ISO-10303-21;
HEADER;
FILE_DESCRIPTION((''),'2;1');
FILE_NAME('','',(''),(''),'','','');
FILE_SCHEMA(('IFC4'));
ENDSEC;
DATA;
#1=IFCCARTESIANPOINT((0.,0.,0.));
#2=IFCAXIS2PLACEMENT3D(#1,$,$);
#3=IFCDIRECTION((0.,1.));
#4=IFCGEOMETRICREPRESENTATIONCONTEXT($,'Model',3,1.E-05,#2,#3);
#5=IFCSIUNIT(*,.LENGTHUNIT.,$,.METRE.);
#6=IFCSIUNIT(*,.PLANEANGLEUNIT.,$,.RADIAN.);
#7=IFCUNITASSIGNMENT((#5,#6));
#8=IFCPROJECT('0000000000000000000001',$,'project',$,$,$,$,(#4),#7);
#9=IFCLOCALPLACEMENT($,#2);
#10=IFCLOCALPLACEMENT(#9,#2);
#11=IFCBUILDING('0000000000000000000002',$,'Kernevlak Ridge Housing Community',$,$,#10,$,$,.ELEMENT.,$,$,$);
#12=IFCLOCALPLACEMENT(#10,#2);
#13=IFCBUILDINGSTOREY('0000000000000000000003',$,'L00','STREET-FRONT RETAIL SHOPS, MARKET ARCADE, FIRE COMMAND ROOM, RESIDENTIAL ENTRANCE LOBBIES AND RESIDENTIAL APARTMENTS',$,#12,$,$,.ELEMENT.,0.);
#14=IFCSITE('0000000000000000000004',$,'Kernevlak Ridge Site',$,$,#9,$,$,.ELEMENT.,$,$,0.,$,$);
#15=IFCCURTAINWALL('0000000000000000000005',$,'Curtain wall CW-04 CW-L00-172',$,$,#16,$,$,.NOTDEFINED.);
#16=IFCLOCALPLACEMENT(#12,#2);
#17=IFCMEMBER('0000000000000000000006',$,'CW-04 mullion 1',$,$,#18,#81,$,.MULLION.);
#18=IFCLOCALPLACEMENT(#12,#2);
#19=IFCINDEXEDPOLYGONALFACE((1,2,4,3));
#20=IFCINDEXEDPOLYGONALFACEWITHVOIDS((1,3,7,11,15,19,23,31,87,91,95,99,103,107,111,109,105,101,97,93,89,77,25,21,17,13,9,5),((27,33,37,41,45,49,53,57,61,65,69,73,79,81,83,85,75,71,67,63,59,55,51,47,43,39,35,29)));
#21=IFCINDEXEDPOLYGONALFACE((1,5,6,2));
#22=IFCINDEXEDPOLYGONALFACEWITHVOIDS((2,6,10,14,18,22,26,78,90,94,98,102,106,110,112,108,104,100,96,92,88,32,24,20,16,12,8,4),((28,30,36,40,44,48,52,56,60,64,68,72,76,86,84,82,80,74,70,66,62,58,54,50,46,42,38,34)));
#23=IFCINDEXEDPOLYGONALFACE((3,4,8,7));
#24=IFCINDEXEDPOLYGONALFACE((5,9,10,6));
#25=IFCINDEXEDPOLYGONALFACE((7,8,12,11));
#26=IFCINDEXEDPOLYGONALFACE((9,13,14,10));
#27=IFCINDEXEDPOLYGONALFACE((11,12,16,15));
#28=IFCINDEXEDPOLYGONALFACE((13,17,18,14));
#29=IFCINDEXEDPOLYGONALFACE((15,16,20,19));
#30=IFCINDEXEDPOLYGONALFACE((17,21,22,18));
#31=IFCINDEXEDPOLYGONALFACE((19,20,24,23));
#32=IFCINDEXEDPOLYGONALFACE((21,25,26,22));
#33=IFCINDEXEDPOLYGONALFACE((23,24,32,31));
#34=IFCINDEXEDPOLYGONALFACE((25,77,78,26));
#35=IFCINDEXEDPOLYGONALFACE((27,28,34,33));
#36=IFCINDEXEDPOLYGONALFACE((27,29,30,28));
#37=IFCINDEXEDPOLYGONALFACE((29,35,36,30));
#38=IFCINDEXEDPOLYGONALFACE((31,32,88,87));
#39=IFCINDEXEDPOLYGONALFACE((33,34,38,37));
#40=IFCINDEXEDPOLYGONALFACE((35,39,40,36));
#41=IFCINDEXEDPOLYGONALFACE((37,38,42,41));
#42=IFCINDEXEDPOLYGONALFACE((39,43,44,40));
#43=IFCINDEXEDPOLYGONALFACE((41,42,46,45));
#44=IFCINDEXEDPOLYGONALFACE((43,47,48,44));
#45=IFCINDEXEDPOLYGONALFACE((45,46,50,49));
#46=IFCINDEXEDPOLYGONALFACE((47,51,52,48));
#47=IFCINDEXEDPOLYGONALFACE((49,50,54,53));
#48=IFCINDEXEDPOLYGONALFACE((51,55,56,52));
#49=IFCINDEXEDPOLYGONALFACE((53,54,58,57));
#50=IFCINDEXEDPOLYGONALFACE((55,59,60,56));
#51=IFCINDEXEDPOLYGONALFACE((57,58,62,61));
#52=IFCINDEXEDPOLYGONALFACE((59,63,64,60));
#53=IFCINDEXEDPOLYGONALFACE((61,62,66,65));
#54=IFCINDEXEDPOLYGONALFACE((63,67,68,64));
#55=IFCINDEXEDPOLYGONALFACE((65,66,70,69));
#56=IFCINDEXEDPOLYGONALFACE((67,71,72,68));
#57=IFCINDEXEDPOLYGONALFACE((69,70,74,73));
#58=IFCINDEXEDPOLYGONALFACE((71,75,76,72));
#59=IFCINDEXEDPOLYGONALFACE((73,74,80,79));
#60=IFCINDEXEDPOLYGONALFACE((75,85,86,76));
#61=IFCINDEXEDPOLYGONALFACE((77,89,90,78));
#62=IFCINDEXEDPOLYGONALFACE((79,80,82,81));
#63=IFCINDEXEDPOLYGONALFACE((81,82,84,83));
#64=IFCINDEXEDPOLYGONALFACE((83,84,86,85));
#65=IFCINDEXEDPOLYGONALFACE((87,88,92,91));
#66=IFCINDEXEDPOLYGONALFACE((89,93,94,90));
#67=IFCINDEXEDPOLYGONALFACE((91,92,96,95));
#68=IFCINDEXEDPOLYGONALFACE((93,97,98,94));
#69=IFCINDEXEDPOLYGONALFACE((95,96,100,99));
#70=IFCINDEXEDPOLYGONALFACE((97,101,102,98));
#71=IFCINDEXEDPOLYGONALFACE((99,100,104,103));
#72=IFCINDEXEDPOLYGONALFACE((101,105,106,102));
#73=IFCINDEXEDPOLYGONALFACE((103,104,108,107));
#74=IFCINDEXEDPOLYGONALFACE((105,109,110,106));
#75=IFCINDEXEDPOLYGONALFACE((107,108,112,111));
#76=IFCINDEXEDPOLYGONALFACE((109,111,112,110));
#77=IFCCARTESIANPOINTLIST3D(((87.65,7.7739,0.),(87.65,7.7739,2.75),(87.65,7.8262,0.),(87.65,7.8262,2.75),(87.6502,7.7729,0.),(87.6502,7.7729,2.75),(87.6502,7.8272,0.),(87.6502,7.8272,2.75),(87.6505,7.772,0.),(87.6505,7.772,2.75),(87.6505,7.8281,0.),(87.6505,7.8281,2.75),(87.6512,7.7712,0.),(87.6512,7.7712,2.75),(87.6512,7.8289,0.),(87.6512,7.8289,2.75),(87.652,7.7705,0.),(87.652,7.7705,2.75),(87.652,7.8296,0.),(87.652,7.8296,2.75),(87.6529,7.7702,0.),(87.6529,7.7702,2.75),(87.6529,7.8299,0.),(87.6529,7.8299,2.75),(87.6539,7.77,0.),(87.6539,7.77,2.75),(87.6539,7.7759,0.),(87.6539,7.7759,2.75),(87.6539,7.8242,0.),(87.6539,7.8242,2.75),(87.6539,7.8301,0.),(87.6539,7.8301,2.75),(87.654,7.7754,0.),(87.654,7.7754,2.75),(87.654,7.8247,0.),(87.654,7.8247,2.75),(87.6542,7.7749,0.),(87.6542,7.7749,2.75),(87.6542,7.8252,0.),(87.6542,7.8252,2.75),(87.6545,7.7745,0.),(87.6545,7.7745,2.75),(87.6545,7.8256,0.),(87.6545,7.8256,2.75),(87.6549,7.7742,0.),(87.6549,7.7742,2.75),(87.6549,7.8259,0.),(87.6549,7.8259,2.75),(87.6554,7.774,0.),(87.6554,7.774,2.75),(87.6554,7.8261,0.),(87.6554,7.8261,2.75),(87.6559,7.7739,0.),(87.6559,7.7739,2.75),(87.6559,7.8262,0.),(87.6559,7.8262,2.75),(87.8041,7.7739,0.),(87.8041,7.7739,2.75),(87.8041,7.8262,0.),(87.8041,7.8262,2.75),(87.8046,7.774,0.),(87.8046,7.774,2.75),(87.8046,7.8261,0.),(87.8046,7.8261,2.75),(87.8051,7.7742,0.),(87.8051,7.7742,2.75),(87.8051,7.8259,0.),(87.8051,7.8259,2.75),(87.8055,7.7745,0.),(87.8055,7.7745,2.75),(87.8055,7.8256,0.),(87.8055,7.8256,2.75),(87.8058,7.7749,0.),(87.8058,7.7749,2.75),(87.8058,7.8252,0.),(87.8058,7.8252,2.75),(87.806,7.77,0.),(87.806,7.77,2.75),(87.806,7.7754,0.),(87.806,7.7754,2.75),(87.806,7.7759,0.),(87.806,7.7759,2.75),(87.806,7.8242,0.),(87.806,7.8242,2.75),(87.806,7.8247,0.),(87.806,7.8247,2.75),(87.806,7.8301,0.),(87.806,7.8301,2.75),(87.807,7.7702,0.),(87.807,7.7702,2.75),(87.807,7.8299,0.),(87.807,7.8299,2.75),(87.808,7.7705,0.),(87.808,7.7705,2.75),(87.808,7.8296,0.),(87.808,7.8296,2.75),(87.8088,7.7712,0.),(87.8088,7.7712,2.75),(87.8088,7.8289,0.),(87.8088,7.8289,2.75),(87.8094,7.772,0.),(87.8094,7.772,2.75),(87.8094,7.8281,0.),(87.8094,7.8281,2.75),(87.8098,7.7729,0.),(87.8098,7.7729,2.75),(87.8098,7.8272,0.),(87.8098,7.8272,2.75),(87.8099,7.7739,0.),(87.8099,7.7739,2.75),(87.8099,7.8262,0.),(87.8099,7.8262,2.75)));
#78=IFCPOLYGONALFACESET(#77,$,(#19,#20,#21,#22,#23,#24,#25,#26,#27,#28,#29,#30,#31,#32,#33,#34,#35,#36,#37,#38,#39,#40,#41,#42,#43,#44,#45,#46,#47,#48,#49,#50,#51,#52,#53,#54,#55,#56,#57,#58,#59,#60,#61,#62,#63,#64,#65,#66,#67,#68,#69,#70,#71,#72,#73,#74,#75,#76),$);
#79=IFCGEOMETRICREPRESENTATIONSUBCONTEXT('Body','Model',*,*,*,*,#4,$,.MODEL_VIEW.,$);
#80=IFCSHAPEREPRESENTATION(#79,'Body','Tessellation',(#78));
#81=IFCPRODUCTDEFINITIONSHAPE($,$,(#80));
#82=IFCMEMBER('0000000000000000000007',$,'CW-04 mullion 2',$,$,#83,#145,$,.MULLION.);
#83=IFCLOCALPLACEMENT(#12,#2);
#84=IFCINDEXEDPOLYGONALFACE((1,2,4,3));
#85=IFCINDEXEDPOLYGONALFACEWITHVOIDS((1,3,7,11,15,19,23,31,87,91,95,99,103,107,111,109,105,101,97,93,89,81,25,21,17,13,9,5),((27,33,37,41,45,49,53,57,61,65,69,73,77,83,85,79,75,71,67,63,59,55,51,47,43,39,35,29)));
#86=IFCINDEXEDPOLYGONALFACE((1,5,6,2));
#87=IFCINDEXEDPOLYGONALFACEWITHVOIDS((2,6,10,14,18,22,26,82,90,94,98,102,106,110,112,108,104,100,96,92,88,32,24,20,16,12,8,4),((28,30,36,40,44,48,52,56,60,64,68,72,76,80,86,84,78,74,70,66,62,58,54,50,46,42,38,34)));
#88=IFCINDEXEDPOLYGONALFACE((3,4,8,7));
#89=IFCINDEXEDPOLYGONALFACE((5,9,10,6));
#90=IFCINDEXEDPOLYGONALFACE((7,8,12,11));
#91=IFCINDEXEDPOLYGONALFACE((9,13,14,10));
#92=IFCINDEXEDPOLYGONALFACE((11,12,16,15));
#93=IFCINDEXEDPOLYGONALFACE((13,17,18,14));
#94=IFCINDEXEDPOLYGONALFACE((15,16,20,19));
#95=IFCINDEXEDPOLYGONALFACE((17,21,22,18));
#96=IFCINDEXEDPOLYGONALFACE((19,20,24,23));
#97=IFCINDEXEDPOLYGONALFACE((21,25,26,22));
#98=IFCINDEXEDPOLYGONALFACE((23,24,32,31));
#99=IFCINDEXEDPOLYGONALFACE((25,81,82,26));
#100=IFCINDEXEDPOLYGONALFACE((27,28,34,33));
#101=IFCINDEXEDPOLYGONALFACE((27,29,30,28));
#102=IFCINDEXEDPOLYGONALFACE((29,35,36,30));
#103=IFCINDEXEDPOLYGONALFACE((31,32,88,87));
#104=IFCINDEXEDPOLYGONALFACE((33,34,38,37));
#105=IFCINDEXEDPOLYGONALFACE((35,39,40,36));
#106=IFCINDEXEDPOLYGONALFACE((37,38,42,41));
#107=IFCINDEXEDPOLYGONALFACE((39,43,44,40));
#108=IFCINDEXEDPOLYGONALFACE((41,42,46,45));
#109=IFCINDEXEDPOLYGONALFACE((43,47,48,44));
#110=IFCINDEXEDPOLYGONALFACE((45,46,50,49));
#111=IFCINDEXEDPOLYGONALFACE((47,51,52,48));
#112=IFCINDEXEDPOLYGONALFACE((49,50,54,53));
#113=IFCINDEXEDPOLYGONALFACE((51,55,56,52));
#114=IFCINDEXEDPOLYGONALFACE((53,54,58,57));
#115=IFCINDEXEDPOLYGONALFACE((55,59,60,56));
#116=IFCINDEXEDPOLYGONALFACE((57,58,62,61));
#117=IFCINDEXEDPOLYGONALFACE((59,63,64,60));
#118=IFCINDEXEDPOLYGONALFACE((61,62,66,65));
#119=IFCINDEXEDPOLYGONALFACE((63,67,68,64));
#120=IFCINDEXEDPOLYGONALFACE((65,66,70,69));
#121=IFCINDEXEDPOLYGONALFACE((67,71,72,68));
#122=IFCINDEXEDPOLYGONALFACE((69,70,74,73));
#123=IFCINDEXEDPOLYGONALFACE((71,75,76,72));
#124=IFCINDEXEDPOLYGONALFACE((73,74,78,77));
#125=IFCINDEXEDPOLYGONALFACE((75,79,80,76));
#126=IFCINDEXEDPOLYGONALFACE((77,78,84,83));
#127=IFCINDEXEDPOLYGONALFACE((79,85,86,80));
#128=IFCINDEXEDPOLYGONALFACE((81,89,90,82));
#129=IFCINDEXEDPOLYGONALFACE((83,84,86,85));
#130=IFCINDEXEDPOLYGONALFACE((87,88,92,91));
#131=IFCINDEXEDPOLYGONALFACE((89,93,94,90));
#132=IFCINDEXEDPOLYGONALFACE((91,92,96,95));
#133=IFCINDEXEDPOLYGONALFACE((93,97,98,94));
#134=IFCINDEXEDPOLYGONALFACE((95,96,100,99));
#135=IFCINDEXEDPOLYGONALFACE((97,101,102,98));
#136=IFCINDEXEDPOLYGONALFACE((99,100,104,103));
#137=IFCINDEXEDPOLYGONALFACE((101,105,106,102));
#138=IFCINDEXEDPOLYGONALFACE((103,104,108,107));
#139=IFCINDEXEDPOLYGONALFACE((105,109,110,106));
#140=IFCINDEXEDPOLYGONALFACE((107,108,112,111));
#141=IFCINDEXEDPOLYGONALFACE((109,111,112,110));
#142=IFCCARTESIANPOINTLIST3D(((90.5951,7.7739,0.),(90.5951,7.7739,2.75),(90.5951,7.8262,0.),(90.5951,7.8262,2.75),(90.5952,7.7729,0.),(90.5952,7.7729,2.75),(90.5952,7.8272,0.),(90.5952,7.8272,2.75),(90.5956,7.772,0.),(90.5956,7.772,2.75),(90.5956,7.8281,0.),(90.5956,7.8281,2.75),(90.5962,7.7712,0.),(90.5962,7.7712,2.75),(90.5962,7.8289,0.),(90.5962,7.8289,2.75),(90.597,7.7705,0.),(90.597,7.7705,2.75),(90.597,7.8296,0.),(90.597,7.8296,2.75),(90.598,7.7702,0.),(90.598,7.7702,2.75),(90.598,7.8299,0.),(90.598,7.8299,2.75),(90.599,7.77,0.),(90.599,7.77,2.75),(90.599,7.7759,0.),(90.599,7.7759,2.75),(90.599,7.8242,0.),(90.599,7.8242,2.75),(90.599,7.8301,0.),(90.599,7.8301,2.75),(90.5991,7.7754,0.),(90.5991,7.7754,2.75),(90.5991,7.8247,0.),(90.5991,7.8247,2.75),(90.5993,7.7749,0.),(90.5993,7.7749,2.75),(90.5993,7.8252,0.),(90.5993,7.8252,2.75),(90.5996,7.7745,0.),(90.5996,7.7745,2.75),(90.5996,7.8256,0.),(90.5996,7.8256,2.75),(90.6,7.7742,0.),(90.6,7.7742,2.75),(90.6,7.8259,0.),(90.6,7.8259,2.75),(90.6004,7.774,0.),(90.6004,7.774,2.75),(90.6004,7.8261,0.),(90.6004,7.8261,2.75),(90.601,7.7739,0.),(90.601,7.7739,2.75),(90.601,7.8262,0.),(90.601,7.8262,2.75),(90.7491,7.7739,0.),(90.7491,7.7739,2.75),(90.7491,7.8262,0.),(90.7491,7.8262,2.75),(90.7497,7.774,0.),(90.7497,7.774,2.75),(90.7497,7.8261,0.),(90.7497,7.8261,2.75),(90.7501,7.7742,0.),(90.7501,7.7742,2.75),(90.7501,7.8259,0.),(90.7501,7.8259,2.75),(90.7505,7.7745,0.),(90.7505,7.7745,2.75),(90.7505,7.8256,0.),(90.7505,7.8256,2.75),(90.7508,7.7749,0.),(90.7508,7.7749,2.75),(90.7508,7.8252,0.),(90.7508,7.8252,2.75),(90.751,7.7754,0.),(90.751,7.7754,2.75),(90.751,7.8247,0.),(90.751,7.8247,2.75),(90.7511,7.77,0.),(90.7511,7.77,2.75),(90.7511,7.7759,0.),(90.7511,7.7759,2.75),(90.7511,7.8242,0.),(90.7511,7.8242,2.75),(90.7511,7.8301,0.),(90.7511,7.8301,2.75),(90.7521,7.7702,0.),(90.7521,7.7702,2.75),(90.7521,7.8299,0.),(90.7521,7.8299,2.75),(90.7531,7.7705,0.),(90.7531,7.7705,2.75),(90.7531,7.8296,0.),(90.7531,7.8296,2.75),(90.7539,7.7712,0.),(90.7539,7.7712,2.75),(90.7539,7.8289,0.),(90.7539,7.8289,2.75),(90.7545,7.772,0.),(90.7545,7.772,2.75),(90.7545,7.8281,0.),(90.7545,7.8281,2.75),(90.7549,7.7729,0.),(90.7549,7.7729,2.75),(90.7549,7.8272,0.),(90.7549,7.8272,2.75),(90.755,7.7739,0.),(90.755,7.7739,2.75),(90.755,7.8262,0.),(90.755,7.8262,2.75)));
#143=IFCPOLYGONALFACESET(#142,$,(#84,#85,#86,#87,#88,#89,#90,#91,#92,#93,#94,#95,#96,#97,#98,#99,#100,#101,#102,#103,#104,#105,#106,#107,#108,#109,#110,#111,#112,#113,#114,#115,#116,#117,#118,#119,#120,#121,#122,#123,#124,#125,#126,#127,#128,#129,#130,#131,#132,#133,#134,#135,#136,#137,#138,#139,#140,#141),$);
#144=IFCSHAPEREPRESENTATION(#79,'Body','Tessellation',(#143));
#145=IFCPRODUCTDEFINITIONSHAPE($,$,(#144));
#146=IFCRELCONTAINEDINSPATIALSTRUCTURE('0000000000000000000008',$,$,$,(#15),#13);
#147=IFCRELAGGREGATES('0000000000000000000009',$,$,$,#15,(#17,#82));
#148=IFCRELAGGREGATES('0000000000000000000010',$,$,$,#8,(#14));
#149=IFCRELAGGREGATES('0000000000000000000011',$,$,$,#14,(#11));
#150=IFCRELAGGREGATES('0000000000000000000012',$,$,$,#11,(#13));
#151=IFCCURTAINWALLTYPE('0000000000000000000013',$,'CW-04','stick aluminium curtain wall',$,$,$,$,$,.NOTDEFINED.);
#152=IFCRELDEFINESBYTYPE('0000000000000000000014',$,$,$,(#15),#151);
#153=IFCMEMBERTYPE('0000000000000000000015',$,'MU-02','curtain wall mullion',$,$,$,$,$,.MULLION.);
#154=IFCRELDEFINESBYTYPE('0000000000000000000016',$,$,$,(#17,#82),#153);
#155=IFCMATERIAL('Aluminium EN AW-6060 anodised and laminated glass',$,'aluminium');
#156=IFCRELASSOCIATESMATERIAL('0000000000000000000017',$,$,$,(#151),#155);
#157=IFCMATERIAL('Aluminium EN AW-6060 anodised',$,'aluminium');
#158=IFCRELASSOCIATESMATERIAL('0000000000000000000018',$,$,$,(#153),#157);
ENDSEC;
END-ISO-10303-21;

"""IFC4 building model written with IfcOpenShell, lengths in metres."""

from ifc_helpers import new_model, si_unit, direction, frame, origin, origin_2d, place, context, subcontext, project, spatial, hollow_rectangle, extrude, material, material_profile, profile_set, type_object, element, aggregate, save


model = new_model("IFC4")

# Units and contexts
model_context = context("Model", 3, precision=1e-05, world=origin(), true_north=direction((0.0, 1.0)))
body_context = subcontext(model_context, "Body", "Model", "MODEL_VIEW")
ifc_project = project(units=[si_unit("LENGTHUNIT", "METRE"), si_unit("PLANEANGLEUNIT", "RADIAN")], contexts=[model_context])

# Site, building, storey
site_placement = place(None, origin())
site = spatial("IfcSite", under=ifc_project, at=site_placement, Name="Kernevlak Ridge Site", CompositionType="ELEMENT", RefElevation=0.0)
building_placement = place(site_placement, origin())
building = spatial("IfcBuilding", under=site, at=building_placement, Name="Kernevlak Ridge Housing Community", CompositionType="ELEMENT")
storey_placement = place(building_placement, origin())
storey = spatial("IfcBuildingStorey", under=building, at=storey_placement, Name="L00", Description="STREET-FRONT RETAIL SHOPS, MARKET ARCADE, FIRE COMMAND ROOM, RESIDENTIAL ENTRANCE LOBBIES AND RESIDENTIAL APARTMENTS", CompositionType="ELEMENT", Elevation=0.0)

# Curtain wall, members
ifc_material_1 = material(Name="Aluminium EN AW-6060 anodised and laminated glass", Category="aluminium")
curtain_wall_type = type_object("IfcCurtainWallType", Name="CW-04", Description="stick aluminium curtain wall", PredefinedType="NOTDEFINED", material=ifc_material_1)
curtain_wall_placement = place(storey_placement, origin())
curtain_wall = element("IfcCurtainWall", 1, at=curtain_wall_placement, inside=storey, type_object=curtain_wall_type, Name="Curtain wall CW-04 CW-L00-172", PredefinedType="NOTDEFINED")
ifc_material_2 = material(Name="Aluminium EN AW-6060 anodised", Category="aluminium")
ifc_material_profile_1 = material_profile(ifc_material_2, hollow_rectangle(XDim=0.0601, YDim=0.1599, WallThickness=0.0039, InnerFilletRadius=0.002, OuterFilletRadius=0.0039, at=origin_2d()), Name="ALU 60x160x4")
ifc_profile_set_1 = profile_set([ifc_material_profile_1], Name="Aluminium EN AW-6060 anodised")
member_type_1 = type_object("IfcMemberType", Name="MU-02", Description="curtain wall mullion", PredefinedType="MULLION", material=ifc_profile_set_1)
member_1_placement = place(storey_placement, frame((87.73, 7.8, 0.0), z_axis=(0.0, 0.0, 1.0), x_axis=(0.0, 1.0, 0.0)))
member_1 = element("IfcMember", 2, at=member_1_placement, type_object=member_type_1, Name="CW-04 mullion 1", PredefinedType="MULLION", context=body_context, shape_type="SweptSolid", body=[
    extrude(hollow_rectangle(XDim=0.0601, YDim=0.1599, WallThickness=0.0039, InnerFilletRadius=0.002, OuterFilletRadius=0.0039, at=origin_2d()), origin(), (0.0, 0.0, 1.0), 2.75),
])
member_2_placement = place(storey_placement, frame((90.675, 7.8, 0.0), z_axis=(0.0, 0.0, 1.0), x_axis=(0.0, 1.0, 0.0)))
member_2 = element("IfcMember", 3, at=member_2_placement, type_object=member_type_1, Name="CW-04 mullion 2", PredefinedType="MULLION", context=body_context, shape_type="SweptSolid", body=[
    extrude(hollow_rectangle(XDim=0.0601, YDim=0.1599, WallThickness=0.0039, InnerFilletRadius=0.002, OuterFilletRadius=0.0039, at=origin_2d()), origin(), (0.0, 0.0, 1.0), 2.75),
])

aggregate(curtain_wall, [member_1, member_2])

save(model, "model.ifc")
